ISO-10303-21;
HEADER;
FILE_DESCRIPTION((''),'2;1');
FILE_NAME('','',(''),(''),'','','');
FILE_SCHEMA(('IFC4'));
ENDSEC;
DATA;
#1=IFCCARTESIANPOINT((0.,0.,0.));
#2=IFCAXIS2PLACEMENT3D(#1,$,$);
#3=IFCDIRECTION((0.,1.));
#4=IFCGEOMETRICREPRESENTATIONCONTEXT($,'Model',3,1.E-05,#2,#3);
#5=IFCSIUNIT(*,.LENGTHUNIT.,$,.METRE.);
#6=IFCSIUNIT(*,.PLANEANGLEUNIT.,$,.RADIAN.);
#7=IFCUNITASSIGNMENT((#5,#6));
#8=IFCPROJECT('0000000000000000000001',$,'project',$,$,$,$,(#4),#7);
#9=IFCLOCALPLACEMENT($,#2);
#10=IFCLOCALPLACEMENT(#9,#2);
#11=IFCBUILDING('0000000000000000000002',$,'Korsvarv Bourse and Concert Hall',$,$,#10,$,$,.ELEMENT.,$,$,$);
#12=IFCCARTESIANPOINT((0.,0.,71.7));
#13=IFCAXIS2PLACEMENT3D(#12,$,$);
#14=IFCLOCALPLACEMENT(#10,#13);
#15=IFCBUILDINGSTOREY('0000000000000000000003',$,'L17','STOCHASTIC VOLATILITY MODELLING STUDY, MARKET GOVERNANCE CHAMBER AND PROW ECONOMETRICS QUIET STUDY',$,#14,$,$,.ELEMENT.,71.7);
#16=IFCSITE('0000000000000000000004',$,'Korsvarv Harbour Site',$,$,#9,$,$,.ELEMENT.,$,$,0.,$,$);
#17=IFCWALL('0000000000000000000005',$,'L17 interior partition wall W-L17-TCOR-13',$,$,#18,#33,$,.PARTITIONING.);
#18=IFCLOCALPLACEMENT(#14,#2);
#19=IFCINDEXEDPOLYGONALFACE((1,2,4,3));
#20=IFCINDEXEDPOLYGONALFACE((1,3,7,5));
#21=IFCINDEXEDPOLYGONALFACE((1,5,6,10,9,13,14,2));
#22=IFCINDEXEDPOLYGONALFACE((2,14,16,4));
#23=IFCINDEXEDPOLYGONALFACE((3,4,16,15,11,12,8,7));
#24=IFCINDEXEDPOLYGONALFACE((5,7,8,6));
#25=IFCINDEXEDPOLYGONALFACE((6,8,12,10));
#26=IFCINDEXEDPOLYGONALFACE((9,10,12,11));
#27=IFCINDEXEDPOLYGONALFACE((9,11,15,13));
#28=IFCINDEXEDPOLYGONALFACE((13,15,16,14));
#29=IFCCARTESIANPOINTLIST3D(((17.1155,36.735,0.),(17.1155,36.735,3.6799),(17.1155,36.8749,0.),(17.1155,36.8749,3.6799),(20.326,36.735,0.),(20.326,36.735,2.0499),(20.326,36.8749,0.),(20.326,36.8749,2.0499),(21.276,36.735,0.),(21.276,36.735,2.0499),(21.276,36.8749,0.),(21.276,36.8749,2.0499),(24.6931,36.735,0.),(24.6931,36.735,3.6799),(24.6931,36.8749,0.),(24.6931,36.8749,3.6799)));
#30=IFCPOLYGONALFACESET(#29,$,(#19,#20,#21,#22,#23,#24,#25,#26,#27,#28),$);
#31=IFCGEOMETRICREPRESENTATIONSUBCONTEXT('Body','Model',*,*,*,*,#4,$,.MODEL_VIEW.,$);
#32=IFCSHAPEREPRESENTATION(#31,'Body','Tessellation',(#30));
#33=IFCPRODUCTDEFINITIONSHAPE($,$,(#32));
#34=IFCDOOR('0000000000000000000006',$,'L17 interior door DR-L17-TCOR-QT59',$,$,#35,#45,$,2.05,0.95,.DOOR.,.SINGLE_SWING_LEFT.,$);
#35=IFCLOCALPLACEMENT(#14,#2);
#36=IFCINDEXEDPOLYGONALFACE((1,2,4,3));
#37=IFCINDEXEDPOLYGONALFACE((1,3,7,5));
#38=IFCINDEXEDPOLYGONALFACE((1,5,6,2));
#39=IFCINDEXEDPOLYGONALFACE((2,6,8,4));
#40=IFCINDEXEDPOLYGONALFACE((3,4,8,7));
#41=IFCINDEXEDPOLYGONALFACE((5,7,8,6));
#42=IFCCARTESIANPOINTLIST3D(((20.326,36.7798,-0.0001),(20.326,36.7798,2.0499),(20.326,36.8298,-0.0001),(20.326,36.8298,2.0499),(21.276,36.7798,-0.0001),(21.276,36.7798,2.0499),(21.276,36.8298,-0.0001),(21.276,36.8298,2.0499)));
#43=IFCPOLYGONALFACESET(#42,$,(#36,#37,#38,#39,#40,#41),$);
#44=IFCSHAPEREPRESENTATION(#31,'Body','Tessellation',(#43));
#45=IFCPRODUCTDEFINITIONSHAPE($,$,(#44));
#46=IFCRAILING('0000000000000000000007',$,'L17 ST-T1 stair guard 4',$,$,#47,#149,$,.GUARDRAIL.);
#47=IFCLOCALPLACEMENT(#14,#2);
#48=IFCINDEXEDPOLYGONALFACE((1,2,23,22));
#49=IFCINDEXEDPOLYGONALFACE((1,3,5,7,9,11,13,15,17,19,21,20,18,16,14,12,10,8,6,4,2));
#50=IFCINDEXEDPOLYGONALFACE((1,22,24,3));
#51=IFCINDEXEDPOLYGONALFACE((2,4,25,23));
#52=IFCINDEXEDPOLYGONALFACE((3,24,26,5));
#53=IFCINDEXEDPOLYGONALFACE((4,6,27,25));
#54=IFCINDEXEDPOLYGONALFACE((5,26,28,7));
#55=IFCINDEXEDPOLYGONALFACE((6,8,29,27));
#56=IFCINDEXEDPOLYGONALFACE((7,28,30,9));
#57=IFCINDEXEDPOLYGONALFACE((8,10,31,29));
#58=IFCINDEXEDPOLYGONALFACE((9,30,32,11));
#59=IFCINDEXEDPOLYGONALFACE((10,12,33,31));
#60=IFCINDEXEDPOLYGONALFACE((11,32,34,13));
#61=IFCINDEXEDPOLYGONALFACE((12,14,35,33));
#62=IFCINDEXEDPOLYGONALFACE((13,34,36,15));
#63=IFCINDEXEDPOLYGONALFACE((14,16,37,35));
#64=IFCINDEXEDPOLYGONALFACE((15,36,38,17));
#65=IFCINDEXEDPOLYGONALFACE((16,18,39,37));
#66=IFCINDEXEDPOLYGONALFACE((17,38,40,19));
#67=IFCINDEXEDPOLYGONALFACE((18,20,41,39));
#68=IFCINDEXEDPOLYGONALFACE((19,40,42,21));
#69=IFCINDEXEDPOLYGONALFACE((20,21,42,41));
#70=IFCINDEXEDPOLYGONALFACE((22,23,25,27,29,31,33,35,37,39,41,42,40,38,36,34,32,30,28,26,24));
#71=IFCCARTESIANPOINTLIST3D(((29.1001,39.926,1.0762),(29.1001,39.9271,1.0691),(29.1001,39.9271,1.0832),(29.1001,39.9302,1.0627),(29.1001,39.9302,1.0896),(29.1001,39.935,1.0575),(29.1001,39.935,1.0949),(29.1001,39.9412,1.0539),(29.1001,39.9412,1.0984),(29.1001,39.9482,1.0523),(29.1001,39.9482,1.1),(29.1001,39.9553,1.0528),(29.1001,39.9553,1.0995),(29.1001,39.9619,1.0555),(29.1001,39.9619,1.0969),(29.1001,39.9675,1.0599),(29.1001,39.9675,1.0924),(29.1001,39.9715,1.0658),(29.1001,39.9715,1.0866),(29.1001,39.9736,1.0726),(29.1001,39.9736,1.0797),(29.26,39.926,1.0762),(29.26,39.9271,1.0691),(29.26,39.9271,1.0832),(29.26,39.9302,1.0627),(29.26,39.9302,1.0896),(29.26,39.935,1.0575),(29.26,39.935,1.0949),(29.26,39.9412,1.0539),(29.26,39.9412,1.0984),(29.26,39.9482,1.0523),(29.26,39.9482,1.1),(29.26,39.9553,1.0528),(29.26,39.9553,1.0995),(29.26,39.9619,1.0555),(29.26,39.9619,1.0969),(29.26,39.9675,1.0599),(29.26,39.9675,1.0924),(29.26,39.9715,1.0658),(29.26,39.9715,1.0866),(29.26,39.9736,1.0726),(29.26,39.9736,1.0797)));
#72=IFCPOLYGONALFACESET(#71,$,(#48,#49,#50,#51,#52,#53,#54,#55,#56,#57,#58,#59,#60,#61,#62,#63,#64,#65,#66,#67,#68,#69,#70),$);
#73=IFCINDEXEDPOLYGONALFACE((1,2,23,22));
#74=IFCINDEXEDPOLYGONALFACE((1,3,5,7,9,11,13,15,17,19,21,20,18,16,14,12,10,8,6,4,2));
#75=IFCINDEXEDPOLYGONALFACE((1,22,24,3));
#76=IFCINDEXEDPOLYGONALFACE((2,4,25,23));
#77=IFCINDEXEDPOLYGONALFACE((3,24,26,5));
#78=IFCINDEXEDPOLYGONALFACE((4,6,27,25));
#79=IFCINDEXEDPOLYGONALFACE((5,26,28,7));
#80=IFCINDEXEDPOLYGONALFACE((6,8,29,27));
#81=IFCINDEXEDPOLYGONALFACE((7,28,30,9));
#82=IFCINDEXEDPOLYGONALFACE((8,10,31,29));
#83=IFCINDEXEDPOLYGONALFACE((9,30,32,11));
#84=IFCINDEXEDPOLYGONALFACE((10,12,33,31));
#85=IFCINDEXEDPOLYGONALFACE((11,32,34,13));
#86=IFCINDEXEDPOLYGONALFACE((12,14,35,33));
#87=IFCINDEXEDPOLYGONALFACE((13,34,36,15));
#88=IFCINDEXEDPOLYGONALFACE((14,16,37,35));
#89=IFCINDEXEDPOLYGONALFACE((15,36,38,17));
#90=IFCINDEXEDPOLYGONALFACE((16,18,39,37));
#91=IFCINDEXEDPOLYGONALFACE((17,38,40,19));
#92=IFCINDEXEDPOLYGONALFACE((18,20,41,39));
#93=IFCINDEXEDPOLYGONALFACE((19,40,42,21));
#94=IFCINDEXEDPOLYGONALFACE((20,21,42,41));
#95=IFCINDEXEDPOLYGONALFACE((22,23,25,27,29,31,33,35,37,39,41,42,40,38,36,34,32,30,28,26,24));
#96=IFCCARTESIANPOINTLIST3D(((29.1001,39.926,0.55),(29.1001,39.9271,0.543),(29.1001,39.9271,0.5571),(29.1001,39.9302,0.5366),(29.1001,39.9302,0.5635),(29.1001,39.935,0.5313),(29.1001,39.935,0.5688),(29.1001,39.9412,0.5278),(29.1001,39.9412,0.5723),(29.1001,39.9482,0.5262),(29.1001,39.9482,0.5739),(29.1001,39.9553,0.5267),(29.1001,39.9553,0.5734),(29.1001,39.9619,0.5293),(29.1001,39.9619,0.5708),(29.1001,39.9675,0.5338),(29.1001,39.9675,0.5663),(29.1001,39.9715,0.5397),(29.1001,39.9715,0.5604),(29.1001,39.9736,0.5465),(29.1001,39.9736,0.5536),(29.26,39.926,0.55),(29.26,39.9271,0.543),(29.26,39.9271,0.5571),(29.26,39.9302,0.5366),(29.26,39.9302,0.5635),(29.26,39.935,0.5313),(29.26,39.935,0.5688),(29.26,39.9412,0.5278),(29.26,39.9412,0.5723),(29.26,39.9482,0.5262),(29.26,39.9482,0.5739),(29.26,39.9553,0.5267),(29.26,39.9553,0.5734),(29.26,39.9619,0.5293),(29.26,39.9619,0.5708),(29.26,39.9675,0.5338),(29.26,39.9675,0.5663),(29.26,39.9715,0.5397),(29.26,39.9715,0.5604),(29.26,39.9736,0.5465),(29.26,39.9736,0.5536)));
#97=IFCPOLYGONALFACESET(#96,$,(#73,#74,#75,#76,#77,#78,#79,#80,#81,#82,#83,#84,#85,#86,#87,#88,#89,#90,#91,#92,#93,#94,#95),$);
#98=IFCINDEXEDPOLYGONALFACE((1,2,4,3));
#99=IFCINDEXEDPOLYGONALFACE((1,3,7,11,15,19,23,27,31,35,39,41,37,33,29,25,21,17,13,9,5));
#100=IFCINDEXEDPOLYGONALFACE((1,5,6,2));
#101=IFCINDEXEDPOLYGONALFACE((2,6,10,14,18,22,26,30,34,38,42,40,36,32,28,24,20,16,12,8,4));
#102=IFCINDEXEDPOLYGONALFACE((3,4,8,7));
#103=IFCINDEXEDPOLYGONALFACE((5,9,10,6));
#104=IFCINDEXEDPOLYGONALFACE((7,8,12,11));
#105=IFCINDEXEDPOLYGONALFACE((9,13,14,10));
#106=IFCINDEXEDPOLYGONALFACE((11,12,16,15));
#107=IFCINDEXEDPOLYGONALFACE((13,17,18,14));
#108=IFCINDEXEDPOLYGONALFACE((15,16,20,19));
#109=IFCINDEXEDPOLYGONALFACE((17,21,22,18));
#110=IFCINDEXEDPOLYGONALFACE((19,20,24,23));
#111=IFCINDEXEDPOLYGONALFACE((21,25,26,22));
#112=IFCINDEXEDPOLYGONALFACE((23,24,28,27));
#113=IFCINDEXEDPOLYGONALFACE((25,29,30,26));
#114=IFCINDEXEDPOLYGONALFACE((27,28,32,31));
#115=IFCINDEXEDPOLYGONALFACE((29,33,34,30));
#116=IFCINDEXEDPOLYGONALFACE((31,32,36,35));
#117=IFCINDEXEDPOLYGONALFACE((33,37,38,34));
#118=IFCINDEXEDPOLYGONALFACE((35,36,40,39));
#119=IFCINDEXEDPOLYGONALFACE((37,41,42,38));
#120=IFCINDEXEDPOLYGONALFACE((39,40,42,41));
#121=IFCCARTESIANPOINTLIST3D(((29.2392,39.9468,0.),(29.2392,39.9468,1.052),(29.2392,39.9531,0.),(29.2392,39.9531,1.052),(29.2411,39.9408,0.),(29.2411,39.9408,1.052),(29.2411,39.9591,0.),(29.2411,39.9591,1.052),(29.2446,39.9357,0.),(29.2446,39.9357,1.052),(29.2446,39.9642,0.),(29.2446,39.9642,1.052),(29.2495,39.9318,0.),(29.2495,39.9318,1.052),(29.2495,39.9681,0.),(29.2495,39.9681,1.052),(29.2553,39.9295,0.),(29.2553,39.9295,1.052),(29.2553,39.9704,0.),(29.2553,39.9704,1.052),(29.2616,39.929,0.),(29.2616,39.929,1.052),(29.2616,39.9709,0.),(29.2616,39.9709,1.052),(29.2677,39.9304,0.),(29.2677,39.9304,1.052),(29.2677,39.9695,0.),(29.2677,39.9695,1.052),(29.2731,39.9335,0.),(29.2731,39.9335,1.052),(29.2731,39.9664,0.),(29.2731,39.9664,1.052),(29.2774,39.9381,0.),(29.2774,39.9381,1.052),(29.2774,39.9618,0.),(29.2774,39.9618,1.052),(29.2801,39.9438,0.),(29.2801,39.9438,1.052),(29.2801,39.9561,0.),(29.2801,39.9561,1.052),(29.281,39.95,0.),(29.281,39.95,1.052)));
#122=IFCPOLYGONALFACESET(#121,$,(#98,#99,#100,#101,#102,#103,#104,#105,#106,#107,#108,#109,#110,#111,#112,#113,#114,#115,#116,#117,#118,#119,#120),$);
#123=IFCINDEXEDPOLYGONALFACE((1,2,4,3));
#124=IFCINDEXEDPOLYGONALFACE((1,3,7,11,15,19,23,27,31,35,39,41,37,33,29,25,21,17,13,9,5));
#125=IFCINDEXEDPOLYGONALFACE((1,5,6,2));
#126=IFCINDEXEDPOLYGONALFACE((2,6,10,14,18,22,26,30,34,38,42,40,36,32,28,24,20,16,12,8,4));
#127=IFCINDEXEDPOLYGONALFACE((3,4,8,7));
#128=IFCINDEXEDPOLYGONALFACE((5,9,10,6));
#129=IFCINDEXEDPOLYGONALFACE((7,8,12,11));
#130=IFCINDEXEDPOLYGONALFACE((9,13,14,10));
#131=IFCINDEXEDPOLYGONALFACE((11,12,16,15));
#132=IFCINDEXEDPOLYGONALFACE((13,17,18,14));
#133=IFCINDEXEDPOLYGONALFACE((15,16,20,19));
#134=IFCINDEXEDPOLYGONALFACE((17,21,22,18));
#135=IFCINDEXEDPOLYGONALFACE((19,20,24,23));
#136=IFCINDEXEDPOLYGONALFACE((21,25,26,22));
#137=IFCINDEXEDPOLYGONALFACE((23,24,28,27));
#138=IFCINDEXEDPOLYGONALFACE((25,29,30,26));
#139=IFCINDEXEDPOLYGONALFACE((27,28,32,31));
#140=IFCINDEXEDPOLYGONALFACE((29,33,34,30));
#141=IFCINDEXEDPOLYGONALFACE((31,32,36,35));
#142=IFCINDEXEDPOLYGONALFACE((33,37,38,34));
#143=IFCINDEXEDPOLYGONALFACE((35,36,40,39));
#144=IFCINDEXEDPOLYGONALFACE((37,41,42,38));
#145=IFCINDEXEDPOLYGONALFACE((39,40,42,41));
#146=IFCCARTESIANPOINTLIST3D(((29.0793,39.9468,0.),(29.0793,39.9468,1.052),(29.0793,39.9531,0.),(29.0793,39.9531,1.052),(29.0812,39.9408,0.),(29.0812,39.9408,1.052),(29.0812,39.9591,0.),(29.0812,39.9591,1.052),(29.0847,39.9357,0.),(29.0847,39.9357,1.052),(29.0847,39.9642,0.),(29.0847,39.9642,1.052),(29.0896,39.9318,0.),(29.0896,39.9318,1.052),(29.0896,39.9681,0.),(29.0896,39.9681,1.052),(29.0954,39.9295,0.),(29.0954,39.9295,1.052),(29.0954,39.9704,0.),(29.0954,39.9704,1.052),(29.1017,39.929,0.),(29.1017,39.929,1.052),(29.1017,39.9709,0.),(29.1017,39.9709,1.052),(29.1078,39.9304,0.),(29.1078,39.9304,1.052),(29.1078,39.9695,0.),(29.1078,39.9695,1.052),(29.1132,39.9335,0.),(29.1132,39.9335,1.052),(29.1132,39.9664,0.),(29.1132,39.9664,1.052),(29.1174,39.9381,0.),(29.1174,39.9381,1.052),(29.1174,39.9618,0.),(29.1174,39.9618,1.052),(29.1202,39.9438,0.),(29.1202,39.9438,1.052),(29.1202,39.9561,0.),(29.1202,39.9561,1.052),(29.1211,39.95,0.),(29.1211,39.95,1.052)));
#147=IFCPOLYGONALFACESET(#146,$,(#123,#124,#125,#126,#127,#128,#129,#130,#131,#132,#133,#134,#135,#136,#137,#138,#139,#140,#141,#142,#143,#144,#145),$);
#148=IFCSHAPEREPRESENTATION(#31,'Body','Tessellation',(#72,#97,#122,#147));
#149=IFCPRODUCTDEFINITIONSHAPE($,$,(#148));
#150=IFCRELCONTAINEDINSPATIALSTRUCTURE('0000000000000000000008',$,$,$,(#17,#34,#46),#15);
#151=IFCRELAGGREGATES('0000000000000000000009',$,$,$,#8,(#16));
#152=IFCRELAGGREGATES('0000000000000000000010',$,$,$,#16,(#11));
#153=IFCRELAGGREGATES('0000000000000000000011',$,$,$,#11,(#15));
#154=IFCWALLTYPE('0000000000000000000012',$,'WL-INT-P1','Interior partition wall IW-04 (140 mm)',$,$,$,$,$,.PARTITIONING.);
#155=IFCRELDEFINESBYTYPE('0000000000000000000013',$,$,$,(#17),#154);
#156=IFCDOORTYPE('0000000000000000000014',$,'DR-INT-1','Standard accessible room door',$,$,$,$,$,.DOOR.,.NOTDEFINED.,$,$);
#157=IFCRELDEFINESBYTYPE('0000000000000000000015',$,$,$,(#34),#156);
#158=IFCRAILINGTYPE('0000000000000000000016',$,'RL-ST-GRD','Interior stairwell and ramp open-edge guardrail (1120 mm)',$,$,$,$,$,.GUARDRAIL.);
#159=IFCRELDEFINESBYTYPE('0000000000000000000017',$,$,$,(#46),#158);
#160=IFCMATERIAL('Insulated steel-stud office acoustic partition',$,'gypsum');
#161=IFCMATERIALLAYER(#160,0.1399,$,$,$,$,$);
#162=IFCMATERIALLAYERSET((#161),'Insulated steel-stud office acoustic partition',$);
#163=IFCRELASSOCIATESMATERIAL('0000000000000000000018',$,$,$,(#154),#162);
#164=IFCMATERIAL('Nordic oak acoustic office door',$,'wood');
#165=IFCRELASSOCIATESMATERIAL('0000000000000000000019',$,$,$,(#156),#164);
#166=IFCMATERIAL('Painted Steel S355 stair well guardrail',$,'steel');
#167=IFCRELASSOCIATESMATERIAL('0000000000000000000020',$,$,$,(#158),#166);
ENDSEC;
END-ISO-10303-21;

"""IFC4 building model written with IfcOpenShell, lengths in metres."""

from ifc_helpers import new_model, si_unit, direction, frame, frame_2d, origin, origin_2d, place, context, subcontext, project, spatial, rectangle, circle, extrude, material, layer, layer_set, type_object, element, fill, save


model = new_model("IFC4")

# Units and contexts
model_context = context("Model", 3, precision=1e-05, world=origin(), true_north=direction((0.0, 1.0)))
body_context = subcontext(model_context, "Body", "Model", "MODEL_VIEW")
ifc_project = project(units=[si_unit("LENGTHUNIT", "METRE"), si_unit("PLANEANGLEUNIT", "RADIAN")], contexts=[model_context])

# Site, building, storey
site_placement = place(None, origin())
site = spatial("IfcSite", under=ifc_project, at=site_placement, Name="Korsvarv Harbour Site", CompositionType="ELEMENT", RefElevation=0.0)
building_placement = place(site_placement, origin())
building = spatial("IfcBuilding", under=site, at=building_placement, Name="Korsvarv Bourse and Concert Hall", CompositionType="ELEMENT")
storey_placement = place(building_placement, frame((0.0, 0.0, 71.7)))
storey = spatial("IfcBuildingStorey", under=building, at=storey_placement, Name="L17", Description="STOCHASTIC VOLATILITY MODELLING STUDY, MARKET GOVERNANCE CHAMBER AND PROW ECONOMETRICS QUIET STUDY", CompositionType="ELEMENT", Elevation=71.7)

# Wall, opening, door
ifc_material_1 = material(Name="Insulated steel-stud office acoustic partition", Category="gypsum")
ifc_layer_1 = layer(ifc_material_1, 0.1399)
ifc_layer_set_1 = layer_set([ifc_layer_1], Name="Insulated steel-stud office acoustic partition")
wall_type_1 = type_object("IfcWallType", Name="WL-INT-P1", Description="Interior partition wall IW-04 (140 mm)", PredefinedType="PARTITIONING", material=ifc_layer_set_1)
wall_1_placement = place(storey_placement, frame((17.1155, 36.8049, 0.0), z_axis=(0.0, 0.0, 1.0), x_axis=(1.0, 0.0, 0.0)))
wall_1 = element("IfcWall", 1, at=wall_1_placement, inside=storey, type_object=wall_type_1, Name="L17 interior partition wall W-L17-TCOR-13", PredefinedType="PARTITIONING", context=body_context, shape_type="SweptSolid", body=[
    extrude(rectangle(XDim=7.5776, YDim=0.1399, at=frame_2d((3.7888, 0.0))), origin(), (0.0, 0.0, 1.0), 3.6799),
])
opening_1_placement = place(wall_1_placement, frame((3.2104, 0.0, 0.0)))
opening_1 = element("IfcOpeningElement", 2, at=opening_1_placement, cuts=wall_1, PredefinedType="OPENING", context=body_context, shape_type="SweptSolid", body=[
    extrude(rectangle(XDim=0.95, YDim=2.05, at=frame_2d((0.4751, 1.0249))), frame((0.0, 0.0801, 0.0), z_axis=(0.0, -1.0, 0.0), x_axis=(1.0, 0.0, 0.0)), (0.0, 0.0, 1.0), 0.1599),
])
ifc_material_2 = material(Name="Nordic oak acoustic office door", Category="wood")
door_type_1 = type_object("IfcDoorType", Name="DR-INT-1", Description="Standard accessible room door", OperationType="NOTDEFINED", PredefinedType="DOOR", material=ifc_material_2)
door_1_placement = place(opening_1_placement, origin())
door_1 = element("IfcDoor", 3, at=door_1_placement, inside=storey, type_object=door_type_1, Name="L17 interior door DR-L17-TCOR-QT59", OperationType="SINGLE_SWING_LEFT", OverallHeight=2.05, OverallWidth=0.95, PredefinedType="DOOR", context=body_context, shape_type="SweptSolid", body=[
    extrude(rectangle(XDim=0.95, YDim=2.05, at=frame_2d((0.4751, 1.0249))), frame((0.0, 0.0249, 0.0), z_axis=(0.0, -1.0, 0.0), x_axis=(1.0, 0.0, 0.0)), (0.0, 0.0, 1.0), 0.05),
])
fill(opening_1, door_1)

# Railing
ifc_material_3 = material(Name="Painted Steel S355 stair well guardrail", Category="steel")
railing_type = type_object("IfcRailingType", Name="RL-ST-GRD", Description="Interior stairwell and ramp open-edge guardrail (1120 mm)", PredefinedType="GUARDRAIL", material=ifc_material_3)
railing_placement = place(storey_placement, frame((29.26, 39.95, 0.0)))
element("IfcRailing", 4, at=railing_placement, inside=storey, type_object=railing_type, Name="L17 ST-T1 stair guard 4", PredefinedType="GUARDRAIL", context=body_context, shape_type="SweptSolid", body=[
    extrude(circle(Radius=0.0239, at=origin_2d()), frame((0.0, 0.0, 1.0762), z_axis=(-1.0, 0.0, 0.0), x_axis=(0.0, -1.0, 0.0)), (0.0, 0.0, 1.0), 0.1599),
    extrude(circle(Radius=0.0239, at=origin_2d()), frame((0.0, 0.0, 0.55), z_axis=(-1.0, 0.0, 0.0), x_axis=(0.0, -1.0, 0.0)), (0.0, 0.0, 1.0), 0.1599),
    extrude(circle(Radius=0.021, at=origin_2d()), origin(), (0.0, 0.0, 1.0), 1.052),
    extrude(circle(Radius=0.021, at=origin_2d()), frame((-0.1599, 0.0, 0.0)), (0.0, 0.0, 1.0), 1.052),
])

save(model, "model.ifc")
